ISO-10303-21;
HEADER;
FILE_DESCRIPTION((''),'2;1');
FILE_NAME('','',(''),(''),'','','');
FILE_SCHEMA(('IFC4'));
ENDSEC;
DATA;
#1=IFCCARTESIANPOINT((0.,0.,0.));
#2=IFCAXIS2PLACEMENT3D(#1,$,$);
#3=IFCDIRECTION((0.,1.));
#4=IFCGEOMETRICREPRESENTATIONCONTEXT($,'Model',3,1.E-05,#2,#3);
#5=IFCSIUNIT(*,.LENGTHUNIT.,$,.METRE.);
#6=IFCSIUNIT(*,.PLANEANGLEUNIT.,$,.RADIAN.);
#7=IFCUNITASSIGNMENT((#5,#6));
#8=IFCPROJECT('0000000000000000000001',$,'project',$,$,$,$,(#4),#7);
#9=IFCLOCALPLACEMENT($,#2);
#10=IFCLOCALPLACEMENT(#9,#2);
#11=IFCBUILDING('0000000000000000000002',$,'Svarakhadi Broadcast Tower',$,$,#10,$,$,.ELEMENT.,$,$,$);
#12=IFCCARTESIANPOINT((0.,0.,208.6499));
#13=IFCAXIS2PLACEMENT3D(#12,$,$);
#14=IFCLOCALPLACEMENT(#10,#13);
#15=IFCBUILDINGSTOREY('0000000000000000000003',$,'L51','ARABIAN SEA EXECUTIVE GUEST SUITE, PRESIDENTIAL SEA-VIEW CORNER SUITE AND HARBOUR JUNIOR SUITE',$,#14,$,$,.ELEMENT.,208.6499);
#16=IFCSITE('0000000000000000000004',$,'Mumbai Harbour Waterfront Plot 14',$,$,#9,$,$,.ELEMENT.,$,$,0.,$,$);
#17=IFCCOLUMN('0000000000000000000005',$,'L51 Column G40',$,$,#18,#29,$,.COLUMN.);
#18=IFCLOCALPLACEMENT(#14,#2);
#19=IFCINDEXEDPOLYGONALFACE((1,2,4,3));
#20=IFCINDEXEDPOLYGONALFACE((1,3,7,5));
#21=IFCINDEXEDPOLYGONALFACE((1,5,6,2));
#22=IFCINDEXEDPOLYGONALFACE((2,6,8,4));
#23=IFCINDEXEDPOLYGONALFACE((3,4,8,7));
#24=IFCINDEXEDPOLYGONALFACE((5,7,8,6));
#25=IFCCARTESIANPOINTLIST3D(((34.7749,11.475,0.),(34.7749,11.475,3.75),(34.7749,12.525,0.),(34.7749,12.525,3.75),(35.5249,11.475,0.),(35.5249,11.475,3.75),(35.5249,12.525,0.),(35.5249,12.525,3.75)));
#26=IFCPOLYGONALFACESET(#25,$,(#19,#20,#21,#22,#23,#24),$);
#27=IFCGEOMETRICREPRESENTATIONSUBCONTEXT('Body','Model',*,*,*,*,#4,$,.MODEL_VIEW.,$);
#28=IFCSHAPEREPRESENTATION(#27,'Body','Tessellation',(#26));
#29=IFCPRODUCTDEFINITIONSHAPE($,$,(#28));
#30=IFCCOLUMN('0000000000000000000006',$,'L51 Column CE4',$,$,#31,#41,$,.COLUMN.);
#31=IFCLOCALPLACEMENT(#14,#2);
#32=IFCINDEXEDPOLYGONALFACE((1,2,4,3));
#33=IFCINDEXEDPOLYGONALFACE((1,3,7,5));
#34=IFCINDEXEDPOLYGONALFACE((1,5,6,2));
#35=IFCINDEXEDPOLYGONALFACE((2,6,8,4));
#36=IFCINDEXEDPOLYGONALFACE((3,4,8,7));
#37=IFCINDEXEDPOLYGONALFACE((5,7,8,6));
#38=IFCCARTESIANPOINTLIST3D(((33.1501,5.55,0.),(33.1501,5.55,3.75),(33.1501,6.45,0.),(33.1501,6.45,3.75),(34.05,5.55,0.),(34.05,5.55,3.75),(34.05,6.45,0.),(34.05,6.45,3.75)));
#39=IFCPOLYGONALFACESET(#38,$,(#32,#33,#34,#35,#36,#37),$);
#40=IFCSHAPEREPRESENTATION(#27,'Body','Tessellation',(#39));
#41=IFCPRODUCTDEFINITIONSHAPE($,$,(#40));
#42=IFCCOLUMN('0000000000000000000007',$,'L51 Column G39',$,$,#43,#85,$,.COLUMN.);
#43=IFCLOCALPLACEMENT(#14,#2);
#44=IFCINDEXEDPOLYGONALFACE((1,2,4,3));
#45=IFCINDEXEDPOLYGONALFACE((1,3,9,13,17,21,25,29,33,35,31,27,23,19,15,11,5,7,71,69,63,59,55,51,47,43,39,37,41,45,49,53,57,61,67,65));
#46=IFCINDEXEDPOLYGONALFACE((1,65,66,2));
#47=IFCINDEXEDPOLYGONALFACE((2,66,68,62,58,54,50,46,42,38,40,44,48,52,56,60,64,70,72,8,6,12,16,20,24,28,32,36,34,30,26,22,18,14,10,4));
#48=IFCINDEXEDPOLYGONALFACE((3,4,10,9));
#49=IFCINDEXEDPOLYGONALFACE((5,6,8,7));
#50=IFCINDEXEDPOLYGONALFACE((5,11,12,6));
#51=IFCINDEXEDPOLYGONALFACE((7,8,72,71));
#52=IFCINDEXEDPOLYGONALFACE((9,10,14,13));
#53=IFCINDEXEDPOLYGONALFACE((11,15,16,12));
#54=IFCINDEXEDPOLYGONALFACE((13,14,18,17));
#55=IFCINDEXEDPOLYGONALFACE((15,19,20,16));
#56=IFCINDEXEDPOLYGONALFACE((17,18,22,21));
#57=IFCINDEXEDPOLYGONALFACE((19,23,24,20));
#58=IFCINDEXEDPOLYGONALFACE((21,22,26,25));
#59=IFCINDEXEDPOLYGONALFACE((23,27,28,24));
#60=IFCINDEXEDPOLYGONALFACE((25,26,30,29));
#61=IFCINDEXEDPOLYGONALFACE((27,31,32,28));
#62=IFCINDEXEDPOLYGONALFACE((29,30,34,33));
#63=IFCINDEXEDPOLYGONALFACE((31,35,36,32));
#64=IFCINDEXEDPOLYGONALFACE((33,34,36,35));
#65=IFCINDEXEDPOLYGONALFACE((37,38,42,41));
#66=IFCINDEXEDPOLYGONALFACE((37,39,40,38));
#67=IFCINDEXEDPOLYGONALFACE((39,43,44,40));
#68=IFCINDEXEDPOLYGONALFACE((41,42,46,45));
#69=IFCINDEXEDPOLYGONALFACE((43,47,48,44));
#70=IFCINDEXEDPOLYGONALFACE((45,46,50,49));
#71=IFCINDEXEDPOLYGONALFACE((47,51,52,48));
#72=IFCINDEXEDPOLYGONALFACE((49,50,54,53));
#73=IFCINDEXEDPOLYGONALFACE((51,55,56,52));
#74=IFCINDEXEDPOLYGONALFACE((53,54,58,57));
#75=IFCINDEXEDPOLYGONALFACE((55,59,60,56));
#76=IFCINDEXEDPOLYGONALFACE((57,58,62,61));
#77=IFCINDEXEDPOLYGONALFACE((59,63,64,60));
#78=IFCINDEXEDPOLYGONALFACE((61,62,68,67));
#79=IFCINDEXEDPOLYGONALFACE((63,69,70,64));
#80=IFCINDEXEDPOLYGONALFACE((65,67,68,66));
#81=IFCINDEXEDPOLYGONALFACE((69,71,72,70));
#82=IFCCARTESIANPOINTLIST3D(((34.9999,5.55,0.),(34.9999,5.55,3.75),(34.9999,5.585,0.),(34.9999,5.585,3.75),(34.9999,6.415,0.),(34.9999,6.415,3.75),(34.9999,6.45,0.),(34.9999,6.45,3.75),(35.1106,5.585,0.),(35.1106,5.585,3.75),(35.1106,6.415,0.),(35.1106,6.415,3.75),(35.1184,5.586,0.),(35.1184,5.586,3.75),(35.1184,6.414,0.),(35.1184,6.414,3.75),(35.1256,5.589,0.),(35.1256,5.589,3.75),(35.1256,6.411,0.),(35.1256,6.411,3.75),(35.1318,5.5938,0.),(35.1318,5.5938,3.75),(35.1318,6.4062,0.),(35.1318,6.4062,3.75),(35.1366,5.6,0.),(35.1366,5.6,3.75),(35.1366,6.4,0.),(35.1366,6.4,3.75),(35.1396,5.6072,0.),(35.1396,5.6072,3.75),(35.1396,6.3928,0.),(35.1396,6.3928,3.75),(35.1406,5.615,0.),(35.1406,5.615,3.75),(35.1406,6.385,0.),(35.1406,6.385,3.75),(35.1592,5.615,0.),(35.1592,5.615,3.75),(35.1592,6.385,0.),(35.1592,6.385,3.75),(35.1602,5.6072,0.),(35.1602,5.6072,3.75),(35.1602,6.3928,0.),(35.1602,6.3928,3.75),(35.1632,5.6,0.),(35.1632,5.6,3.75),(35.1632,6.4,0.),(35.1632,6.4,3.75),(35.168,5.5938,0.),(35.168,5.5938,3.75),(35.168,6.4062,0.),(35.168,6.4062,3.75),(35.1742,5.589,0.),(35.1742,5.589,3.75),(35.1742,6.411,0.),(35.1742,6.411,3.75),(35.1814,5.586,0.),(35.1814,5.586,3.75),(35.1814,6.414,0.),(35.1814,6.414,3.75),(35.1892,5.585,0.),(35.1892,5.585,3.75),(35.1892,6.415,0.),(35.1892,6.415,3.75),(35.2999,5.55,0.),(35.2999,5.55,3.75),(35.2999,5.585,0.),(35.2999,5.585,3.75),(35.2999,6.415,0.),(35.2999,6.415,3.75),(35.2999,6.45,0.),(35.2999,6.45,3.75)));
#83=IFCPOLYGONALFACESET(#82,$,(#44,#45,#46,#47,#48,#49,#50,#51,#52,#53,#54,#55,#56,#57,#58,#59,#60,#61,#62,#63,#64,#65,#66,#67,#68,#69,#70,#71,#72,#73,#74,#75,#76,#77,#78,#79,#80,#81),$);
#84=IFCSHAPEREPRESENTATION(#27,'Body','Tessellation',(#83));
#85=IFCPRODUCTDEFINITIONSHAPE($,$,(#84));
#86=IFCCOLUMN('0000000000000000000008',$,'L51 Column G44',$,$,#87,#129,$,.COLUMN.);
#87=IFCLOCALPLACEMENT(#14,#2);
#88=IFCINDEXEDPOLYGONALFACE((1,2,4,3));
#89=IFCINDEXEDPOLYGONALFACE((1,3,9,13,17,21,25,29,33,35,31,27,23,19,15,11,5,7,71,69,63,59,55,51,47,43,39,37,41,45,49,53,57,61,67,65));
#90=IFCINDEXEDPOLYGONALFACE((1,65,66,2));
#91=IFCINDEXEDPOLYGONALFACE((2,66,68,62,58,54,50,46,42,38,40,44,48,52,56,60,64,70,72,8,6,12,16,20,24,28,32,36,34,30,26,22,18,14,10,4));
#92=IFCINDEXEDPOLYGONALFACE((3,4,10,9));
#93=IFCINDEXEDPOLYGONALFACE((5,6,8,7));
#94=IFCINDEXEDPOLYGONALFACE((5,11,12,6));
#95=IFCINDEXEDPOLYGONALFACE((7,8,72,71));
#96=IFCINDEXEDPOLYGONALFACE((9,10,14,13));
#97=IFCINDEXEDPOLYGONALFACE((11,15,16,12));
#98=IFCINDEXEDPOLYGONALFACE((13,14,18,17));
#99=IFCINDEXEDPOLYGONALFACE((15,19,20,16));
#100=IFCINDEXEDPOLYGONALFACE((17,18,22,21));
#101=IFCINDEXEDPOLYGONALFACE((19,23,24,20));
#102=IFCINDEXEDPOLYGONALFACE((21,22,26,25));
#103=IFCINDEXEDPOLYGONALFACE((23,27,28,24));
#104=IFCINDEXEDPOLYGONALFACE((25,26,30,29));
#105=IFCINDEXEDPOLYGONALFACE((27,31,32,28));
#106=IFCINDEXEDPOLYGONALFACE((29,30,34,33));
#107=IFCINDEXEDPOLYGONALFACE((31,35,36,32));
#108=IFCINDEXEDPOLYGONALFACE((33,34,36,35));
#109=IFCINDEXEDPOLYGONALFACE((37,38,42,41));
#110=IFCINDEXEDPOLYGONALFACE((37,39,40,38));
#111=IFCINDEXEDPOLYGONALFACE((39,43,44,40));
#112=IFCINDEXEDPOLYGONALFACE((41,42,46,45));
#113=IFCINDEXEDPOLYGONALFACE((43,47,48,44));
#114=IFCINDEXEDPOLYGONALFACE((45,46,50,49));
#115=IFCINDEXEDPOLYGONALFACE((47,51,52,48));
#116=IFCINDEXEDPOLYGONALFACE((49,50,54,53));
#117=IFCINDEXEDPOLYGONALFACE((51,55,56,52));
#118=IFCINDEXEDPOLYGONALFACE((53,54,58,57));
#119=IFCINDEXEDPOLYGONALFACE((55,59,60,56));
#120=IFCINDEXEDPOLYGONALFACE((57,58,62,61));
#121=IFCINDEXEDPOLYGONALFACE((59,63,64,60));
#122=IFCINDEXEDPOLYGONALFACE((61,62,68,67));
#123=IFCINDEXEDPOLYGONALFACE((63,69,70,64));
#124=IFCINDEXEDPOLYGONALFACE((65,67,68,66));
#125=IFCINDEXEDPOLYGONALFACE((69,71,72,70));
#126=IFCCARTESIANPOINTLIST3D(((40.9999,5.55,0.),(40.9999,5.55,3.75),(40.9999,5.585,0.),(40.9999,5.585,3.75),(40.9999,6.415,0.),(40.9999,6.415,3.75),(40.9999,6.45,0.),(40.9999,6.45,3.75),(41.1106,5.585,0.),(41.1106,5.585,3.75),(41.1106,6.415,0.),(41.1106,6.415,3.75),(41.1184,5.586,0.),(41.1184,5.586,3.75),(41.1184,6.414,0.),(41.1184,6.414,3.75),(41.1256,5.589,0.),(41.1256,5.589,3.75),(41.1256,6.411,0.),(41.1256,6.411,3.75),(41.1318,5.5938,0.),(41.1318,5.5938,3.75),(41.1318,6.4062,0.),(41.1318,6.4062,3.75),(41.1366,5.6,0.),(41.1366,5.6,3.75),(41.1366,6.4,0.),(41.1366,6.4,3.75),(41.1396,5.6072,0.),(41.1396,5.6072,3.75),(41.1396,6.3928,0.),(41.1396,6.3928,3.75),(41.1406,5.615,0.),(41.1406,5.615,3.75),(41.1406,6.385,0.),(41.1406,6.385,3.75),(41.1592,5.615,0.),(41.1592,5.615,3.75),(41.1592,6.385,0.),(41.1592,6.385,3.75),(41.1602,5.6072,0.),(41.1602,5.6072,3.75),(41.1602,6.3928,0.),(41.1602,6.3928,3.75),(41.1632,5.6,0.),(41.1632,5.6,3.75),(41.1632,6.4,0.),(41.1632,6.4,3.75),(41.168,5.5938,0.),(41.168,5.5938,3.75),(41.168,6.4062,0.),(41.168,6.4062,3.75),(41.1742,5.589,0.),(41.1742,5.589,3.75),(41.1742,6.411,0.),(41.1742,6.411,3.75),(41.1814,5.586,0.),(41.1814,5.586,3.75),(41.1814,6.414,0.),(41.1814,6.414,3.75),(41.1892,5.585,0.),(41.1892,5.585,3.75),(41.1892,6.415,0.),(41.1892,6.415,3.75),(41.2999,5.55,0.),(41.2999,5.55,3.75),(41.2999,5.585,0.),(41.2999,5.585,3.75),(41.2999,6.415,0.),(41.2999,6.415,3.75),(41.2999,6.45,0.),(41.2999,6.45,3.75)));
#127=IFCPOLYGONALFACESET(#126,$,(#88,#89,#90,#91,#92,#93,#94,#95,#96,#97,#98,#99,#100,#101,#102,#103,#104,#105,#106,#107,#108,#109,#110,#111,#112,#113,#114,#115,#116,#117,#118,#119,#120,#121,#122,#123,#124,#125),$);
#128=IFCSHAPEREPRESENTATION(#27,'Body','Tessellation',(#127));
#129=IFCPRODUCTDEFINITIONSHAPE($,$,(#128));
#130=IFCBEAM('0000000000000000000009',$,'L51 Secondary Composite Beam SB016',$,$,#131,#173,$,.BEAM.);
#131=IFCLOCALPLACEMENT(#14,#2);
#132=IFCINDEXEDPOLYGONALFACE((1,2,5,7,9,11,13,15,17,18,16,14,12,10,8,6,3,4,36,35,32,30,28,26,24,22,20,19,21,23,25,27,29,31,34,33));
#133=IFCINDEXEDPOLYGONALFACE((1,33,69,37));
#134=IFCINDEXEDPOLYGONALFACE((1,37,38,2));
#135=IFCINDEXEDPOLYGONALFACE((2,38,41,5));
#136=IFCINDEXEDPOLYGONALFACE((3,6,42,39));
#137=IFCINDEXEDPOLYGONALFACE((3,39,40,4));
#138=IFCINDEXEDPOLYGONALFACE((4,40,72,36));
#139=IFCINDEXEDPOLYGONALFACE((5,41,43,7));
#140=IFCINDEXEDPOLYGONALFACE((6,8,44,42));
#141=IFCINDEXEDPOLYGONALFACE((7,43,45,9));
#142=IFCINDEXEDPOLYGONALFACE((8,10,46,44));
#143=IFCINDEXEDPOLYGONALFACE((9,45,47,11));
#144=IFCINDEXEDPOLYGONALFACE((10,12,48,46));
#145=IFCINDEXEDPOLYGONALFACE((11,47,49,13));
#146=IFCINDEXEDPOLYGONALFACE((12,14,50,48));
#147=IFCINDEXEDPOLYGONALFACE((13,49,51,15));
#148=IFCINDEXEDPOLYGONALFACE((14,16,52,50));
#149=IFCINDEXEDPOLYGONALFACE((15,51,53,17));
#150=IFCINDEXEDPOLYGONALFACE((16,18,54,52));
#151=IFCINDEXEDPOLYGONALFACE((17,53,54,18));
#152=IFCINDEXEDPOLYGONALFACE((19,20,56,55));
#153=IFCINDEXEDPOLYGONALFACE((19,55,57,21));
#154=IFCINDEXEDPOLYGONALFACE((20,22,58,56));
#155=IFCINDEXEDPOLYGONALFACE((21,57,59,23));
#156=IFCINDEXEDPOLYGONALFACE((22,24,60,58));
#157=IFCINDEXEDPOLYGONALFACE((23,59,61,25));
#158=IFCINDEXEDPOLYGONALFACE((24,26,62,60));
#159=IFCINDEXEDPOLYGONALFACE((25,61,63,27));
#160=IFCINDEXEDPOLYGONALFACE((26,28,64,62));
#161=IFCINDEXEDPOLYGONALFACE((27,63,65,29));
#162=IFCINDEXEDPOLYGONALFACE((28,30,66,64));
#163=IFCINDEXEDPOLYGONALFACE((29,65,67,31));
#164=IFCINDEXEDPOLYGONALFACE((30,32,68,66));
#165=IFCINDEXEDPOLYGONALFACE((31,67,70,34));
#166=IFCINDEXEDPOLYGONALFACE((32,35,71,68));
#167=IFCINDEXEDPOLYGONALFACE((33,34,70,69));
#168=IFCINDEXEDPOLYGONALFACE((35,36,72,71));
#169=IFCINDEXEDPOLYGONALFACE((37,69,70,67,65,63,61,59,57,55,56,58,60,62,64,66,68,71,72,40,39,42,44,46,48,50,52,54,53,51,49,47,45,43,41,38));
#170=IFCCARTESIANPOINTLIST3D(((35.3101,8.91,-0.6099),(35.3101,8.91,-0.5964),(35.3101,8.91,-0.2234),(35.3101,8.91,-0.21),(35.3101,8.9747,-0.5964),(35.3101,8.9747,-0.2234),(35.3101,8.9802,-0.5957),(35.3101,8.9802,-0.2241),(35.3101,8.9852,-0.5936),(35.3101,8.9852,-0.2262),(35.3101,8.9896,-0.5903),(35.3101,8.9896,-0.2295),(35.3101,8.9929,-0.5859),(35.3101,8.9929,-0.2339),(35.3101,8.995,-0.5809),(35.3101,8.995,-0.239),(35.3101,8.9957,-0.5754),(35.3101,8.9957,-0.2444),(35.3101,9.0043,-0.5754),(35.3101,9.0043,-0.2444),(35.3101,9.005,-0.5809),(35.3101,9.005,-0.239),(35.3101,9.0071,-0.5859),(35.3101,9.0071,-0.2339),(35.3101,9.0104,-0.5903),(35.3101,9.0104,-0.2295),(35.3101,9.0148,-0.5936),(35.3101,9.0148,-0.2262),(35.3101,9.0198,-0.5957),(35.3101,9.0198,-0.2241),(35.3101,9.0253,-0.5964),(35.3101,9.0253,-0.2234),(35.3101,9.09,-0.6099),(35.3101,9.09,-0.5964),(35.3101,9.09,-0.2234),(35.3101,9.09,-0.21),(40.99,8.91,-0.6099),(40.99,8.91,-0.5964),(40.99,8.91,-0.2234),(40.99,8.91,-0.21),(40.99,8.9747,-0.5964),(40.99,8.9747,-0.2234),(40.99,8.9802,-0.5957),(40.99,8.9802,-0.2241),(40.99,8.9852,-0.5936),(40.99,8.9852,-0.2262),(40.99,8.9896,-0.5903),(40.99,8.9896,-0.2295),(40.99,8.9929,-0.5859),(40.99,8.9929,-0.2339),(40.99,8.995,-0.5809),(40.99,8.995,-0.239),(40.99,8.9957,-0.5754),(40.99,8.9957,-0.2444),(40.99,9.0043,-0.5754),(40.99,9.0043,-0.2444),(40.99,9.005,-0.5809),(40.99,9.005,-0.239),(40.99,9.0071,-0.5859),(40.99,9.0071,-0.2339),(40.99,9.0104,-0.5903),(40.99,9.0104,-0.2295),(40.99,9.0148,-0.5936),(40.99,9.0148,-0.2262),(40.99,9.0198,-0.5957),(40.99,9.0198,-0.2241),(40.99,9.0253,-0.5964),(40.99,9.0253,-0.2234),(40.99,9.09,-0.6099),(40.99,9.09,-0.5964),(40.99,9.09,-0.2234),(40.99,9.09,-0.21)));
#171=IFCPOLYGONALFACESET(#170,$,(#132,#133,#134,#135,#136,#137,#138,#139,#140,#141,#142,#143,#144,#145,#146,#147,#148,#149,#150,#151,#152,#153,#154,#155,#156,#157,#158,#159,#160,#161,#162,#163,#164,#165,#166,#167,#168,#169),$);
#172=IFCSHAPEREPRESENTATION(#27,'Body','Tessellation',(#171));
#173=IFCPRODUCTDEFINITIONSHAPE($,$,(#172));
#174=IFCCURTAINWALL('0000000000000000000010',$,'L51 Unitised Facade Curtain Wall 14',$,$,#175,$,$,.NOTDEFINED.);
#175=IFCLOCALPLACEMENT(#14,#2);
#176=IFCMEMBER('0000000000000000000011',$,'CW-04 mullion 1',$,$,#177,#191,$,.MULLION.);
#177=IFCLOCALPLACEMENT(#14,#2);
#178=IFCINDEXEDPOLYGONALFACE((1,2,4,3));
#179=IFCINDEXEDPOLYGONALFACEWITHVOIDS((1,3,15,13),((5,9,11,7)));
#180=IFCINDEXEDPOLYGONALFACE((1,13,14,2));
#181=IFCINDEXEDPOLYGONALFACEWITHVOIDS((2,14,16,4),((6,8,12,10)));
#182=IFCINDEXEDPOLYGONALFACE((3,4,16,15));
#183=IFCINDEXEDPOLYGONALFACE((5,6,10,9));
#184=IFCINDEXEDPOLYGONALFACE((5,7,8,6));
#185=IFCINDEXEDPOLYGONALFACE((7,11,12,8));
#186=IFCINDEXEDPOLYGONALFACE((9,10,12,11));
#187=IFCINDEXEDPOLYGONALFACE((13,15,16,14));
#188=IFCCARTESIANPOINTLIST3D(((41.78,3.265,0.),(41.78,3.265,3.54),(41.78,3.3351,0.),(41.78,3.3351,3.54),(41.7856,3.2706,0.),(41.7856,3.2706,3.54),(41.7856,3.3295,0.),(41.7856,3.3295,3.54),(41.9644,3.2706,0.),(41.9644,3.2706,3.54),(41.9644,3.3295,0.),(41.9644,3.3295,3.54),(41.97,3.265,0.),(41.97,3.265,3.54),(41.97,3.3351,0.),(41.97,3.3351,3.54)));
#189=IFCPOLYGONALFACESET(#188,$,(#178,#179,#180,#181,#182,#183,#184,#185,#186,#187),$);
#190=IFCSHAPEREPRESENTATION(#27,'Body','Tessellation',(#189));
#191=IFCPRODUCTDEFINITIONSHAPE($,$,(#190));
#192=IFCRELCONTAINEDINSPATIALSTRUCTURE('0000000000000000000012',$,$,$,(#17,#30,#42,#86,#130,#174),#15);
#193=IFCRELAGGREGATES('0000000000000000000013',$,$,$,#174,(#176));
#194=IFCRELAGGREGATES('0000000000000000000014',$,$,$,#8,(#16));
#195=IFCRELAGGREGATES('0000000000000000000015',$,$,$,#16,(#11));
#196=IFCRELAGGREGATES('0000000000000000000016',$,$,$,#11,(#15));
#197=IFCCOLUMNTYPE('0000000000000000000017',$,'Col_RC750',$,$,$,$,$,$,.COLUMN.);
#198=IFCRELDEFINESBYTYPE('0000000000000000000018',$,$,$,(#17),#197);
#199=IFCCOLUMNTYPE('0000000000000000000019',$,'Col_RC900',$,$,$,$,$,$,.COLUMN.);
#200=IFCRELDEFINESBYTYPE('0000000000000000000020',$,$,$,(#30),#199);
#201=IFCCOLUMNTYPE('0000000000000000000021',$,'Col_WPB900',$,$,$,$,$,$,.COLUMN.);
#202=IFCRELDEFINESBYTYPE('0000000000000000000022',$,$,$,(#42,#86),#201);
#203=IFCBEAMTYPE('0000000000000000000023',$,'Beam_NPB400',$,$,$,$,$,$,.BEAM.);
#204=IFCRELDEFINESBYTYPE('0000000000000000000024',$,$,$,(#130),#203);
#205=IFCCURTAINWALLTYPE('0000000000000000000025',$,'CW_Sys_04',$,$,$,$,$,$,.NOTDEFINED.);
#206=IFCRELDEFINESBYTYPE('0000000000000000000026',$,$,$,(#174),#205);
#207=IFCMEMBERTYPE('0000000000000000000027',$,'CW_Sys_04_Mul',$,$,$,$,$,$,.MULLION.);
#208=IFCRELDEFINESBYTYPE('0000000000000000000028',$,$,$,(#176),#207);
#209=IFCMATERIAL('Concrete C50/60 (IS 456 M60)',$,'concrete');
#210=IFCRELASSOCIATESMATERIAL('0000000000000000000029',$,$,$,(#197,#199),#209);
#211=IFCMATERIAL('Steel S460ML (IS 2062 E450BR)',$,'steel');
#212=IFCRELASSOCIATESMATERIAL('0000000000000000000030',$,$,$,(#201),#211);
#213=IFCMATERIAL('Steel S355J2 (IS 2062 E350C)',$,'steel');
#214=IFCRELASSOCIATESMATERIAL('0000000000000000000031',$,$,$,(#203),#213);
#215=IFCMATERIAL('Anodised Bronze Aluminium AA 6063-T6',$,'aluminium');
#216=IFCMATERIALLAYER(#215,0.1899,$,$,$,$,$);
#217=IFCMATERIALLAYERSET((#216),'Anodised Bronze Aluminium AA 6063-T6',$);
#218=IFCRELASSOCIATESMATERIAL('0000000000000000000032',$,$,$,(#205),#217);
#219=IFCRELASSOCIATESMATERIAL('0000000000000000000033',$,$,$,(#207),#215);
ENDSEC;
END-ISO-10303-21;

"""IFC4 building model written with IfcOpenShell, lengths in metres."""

from ifc_helpers import new_model, si_unit, direction, frame, origin, origin_2d, place, context, subcontext, project, spatial, rectangle, hollow_rectangle, i_section, extrude, material, layer, layer_set, material_profile, profile_set, type_object, element, aggregate, save


model = new_model("IFC4")

# Units and contexts
model_context = context("Model", 3, precision=1e-05, world=origin(), true_north=direction((0.0, 1.0)))
body_context = subcontext(model_context, "Body", "Model", "MODEL_VIEW")
ifc_project = project(units=[si_unit("LENGTHUNIT", "METRE"), si_unit("PLANEANGLEUNIT", "RADIAN")], contexts=[model_context])

# Site, building, storey
site_placement = place(None, origin())
site = spatial("IfcSite", under=ifc_project, at=site_placement, Name="Mumbai Harbour Waterfront Plot 14", CompositionType="ELEMENT", RefElevation=0.0)
building_placement = place(site_placement, origin())
building = spatial("IfcBuilding", under=site, at=building_placement, Name="Svarakhadi Broadcast Tower", CompositionType="ELEMENT")
storey_placement = place(building_placement, frame((0.0, 0.0, 208.6499)))
storey = spatial("IfcBuildingStorey", under=building, at=storey_placement, Name="L51", Description="ARABIAN SEA EXECUTIVE GUEST SUITE, PRESIDENTIAL SEA-VIEW CORNER SUITE AND HARBOUR JUNIOR SUITE", CompositionType="ELEMENT", Elevation=208.6499)

# Columns
ifc_material_1 = material(Name="Concrete C50/60 (IS 456 M60)", Category="concrete")
ifc_material_profile_1 = material_profile(ifc_material_1, rectangle(XDim=0.75, YDim=1.05, at=origin_2d()), Name="RC 750x1050")
ifc_profile_set_1 = profile_set([ifc_material_profile_1], Name="Concrete C50/60 (IS 456 M60)")
column_type_1 = type_object("IfcColumnType", Name="Col_RC750", PredefinedType="COLUMN", material=ifc_profile_set_1)
column_1_placement = place(storey_placement, frame((35.1499, 12.0, 0.0), z_axis=(0.0, 0.0, 1.0), x_axis=(1.0, 0.0, 0.0)))
element("IfcColumn", 1, at=column_1_placement, inside=storey, type_object=column_type_1, Name="L51 Column G40", PredefinedType="COLUMN", context=body_context, shape_type="SweptSolid", body=[
    extrude(rectangle(XDim=0.75, YDim=1.05, at=origin_2d()), origin(), (0.0, 0.0, 1.0), 3.75),
])
ifc_material_profile_2 = material_profile(ifc_material_1, rectangle(XDim=0.8999, YDim=0.8999, at=origin_2d()), Name="RC 900x900")
ifc_profile_set_2 = profile_set([ifc_material_profile_2], Name="Concrete C50/60 (IS 456 M60)")
column_type_2 = type_object("IfcColumnType", Name="Col_RC900", PredefinedType="COLUMN", material=ifc_profile_set_2)
column_2_placement = place(storey_placement, frame((33.6001, 6.0, 0.0), z_axis=(0.0, 0.0, 1.0), x_axis=(1.0, 0.0, 0.0)))
element("IfcColumn", 2, at=column_2_placement, inside=storey, type_object=column_type_2, Name="L51 Column CE4", PredefinedType="COLUMN", context=body_context, shape_type="SweptSolid", body=[
    extrude(rectangle(XDim=0.8999, YDim=0.8999, at=origin_2d()), origin(), (0.0, 0.0, 1.0), 3.75),
])
ifc_material_2 = material(Name="Steel S460ML (IS 2062 E450BR)", Category="steel")
ifc_material_profile_3 = material_profile(ifc_material_2, i_section(OverallWidth=0.3, OverallDepth=0.8999, WebThickness=0.0186, FlangeThickness=0.0349, FilletRadius=0.03, at=origin_2d()), Name="WPB 900x300x291")
ifc_profile_set_3 = profile_set([ifc_material_profile_3], Name="Steel S460ML (IS 2062 E450BR)")
column_type_3 = type_object("IfcColumnType", Name="Col_WPB900", PredefinedType="COLUMN", material=ifc_profile_set_3)
for number, where, z_axis, x_axis, name in (
    (3, (35.1499, 6.0, 0.0), (0.0, 0.0, 1.0), (1.0, 0.0, 0.0), "L51 Column G39"),
    (4, (41.1499, 6.0, 0.0), (0.0, 0.0, 1.0), (1.0, 0.0, 0.0), "L51 Column G44"),
):
    element("IfcColumn", number, at=place(storey_placement, frame(where, z_axis=z_axis, x_axis=x_axis)), inside=storey, type_object=column_type_3, Name=name, PredefinedType="COLUMN", context=body_context, shape_type="SweptSolid", body=[
        extrude(i_section(OverallWidth=0.3, OverallDepth=0.8999, WebThickness=0.0186, FlangeThickness=0.0349, FilletRadius=0.03, at=origin_2d()), origin(), (0.0, 0.0, 1.0), 3.75),
    ])

# Beam
ifc_material_3 = material(Name="Steel S355J2 (IS 2062 E350C)", Category="steel")
ifc_material_profile_4 = material_profile(ifc_material_3, i_section(OverallWidth=0.1799, OverallDepth=0.3999, WebThickness=0.0085, FlangeThickness=0.0134, FilletRadius=0.021, at=origin_2d()), Name="NPB 400x180x66")
ifc_profile_set_4 = profile_set([ifc_material_profile_4], Name="Steel S355J2 (IS 2062 E350C)")
beam_type_1 = type_object("IfcBeamType", Name="Beam_NPB400", PredefinedType="BEAM", material=ifc_profile_set_4)
beam_1_placement = place(storey_placement, frame((35.3101, 9.0, -0.4099), z_axis=(1.0, 0.0, 0.0), x_axis=(0.0, 1.0, 0.0)))
element("IfcBeam", 5, at=beam_1_placement, inside=storey, type_object=beam_type_1, Name="L51 Secondary Composite Beam SB016", PredefinedType="BEAM", context=body_context, shape_type="SweptSolid", body=[
    extrude(i_section(OverallWidth=0.1799, OverallDepth=0.3999, WebThickness=0.0085, FlangeThickness=0.0134, FilletRadius=0.021, at=origin_2d()), origin(), (0.0, 0.0, 1.0), 5.6799),
])

# Curtain wall, member
ifc_material_4 = material(Name="Anodised Bronze Aluminium AA 6063-T6", Category="aluminium")
ifc_layer_1 = layer(ifc_material_4, 0.1899)
ifc_layer_set_1 = layer_set([ifc_layer_1], Name="Anodised Bronze Aluminium AA 6063-T6")
curtain_wall_type = type_object("IfcCurtainWallType", Name="CW_Sys_04", PredefinedType="NOTDEFINED", material=ifc_layer_set_1)
curtain_wall_placement = place(storey_placement, origin())
curtain_wall = element("IfcCurtainWall", 6, at=curtain_wall_placement, inside=storey, type_object=curtain_wall_type, Name="L51 Unitised Facade Curtain Wall 14", PredefinedType="NOTDEFINED")
ifc_material_profile_5 = material_profile(ifc_material_4, hollow_rectangle(XDim=0.0701, YDim=0.1899, WallThickness=0.0056, at=origin_2d()), Name="ALU MULLION 190x70x6")
ifc_profile_set_5 = profile_set([ifc_material_profile_5], Name="Anodised Bronze Aluminium AA 6063-T6")
member_type_1 = type_object("IfcMemberType", Name="CW_Sys_04_Mul", PredefinedType="MULLION", material=ifc_profile_set_5)
member_1_placement = place(storey_placement, frame((41.875, 3.3, 0.0), z_axis=(0.0, 0.0, 1.0), x_axis=(0.0, -1.0, 0.0)))
member_1 = element("IfcMember", 7, at=member_1_placement, type_object=member_type_1, Name="CW-04 mullion 1", PredefinedType="MULLION", context=body_context, shape_type="SweptSolid", body=[
    extrude(hollow_rectangle(XDim=0.0701, YDim=0.1899, WallThickness=0.0056, at=origin_2d()), origin(), (0.0, 0.0, 1.0), 3.54),
])

aggregate(curtain_wall, [member_1])

save(model, "model.ifc")
